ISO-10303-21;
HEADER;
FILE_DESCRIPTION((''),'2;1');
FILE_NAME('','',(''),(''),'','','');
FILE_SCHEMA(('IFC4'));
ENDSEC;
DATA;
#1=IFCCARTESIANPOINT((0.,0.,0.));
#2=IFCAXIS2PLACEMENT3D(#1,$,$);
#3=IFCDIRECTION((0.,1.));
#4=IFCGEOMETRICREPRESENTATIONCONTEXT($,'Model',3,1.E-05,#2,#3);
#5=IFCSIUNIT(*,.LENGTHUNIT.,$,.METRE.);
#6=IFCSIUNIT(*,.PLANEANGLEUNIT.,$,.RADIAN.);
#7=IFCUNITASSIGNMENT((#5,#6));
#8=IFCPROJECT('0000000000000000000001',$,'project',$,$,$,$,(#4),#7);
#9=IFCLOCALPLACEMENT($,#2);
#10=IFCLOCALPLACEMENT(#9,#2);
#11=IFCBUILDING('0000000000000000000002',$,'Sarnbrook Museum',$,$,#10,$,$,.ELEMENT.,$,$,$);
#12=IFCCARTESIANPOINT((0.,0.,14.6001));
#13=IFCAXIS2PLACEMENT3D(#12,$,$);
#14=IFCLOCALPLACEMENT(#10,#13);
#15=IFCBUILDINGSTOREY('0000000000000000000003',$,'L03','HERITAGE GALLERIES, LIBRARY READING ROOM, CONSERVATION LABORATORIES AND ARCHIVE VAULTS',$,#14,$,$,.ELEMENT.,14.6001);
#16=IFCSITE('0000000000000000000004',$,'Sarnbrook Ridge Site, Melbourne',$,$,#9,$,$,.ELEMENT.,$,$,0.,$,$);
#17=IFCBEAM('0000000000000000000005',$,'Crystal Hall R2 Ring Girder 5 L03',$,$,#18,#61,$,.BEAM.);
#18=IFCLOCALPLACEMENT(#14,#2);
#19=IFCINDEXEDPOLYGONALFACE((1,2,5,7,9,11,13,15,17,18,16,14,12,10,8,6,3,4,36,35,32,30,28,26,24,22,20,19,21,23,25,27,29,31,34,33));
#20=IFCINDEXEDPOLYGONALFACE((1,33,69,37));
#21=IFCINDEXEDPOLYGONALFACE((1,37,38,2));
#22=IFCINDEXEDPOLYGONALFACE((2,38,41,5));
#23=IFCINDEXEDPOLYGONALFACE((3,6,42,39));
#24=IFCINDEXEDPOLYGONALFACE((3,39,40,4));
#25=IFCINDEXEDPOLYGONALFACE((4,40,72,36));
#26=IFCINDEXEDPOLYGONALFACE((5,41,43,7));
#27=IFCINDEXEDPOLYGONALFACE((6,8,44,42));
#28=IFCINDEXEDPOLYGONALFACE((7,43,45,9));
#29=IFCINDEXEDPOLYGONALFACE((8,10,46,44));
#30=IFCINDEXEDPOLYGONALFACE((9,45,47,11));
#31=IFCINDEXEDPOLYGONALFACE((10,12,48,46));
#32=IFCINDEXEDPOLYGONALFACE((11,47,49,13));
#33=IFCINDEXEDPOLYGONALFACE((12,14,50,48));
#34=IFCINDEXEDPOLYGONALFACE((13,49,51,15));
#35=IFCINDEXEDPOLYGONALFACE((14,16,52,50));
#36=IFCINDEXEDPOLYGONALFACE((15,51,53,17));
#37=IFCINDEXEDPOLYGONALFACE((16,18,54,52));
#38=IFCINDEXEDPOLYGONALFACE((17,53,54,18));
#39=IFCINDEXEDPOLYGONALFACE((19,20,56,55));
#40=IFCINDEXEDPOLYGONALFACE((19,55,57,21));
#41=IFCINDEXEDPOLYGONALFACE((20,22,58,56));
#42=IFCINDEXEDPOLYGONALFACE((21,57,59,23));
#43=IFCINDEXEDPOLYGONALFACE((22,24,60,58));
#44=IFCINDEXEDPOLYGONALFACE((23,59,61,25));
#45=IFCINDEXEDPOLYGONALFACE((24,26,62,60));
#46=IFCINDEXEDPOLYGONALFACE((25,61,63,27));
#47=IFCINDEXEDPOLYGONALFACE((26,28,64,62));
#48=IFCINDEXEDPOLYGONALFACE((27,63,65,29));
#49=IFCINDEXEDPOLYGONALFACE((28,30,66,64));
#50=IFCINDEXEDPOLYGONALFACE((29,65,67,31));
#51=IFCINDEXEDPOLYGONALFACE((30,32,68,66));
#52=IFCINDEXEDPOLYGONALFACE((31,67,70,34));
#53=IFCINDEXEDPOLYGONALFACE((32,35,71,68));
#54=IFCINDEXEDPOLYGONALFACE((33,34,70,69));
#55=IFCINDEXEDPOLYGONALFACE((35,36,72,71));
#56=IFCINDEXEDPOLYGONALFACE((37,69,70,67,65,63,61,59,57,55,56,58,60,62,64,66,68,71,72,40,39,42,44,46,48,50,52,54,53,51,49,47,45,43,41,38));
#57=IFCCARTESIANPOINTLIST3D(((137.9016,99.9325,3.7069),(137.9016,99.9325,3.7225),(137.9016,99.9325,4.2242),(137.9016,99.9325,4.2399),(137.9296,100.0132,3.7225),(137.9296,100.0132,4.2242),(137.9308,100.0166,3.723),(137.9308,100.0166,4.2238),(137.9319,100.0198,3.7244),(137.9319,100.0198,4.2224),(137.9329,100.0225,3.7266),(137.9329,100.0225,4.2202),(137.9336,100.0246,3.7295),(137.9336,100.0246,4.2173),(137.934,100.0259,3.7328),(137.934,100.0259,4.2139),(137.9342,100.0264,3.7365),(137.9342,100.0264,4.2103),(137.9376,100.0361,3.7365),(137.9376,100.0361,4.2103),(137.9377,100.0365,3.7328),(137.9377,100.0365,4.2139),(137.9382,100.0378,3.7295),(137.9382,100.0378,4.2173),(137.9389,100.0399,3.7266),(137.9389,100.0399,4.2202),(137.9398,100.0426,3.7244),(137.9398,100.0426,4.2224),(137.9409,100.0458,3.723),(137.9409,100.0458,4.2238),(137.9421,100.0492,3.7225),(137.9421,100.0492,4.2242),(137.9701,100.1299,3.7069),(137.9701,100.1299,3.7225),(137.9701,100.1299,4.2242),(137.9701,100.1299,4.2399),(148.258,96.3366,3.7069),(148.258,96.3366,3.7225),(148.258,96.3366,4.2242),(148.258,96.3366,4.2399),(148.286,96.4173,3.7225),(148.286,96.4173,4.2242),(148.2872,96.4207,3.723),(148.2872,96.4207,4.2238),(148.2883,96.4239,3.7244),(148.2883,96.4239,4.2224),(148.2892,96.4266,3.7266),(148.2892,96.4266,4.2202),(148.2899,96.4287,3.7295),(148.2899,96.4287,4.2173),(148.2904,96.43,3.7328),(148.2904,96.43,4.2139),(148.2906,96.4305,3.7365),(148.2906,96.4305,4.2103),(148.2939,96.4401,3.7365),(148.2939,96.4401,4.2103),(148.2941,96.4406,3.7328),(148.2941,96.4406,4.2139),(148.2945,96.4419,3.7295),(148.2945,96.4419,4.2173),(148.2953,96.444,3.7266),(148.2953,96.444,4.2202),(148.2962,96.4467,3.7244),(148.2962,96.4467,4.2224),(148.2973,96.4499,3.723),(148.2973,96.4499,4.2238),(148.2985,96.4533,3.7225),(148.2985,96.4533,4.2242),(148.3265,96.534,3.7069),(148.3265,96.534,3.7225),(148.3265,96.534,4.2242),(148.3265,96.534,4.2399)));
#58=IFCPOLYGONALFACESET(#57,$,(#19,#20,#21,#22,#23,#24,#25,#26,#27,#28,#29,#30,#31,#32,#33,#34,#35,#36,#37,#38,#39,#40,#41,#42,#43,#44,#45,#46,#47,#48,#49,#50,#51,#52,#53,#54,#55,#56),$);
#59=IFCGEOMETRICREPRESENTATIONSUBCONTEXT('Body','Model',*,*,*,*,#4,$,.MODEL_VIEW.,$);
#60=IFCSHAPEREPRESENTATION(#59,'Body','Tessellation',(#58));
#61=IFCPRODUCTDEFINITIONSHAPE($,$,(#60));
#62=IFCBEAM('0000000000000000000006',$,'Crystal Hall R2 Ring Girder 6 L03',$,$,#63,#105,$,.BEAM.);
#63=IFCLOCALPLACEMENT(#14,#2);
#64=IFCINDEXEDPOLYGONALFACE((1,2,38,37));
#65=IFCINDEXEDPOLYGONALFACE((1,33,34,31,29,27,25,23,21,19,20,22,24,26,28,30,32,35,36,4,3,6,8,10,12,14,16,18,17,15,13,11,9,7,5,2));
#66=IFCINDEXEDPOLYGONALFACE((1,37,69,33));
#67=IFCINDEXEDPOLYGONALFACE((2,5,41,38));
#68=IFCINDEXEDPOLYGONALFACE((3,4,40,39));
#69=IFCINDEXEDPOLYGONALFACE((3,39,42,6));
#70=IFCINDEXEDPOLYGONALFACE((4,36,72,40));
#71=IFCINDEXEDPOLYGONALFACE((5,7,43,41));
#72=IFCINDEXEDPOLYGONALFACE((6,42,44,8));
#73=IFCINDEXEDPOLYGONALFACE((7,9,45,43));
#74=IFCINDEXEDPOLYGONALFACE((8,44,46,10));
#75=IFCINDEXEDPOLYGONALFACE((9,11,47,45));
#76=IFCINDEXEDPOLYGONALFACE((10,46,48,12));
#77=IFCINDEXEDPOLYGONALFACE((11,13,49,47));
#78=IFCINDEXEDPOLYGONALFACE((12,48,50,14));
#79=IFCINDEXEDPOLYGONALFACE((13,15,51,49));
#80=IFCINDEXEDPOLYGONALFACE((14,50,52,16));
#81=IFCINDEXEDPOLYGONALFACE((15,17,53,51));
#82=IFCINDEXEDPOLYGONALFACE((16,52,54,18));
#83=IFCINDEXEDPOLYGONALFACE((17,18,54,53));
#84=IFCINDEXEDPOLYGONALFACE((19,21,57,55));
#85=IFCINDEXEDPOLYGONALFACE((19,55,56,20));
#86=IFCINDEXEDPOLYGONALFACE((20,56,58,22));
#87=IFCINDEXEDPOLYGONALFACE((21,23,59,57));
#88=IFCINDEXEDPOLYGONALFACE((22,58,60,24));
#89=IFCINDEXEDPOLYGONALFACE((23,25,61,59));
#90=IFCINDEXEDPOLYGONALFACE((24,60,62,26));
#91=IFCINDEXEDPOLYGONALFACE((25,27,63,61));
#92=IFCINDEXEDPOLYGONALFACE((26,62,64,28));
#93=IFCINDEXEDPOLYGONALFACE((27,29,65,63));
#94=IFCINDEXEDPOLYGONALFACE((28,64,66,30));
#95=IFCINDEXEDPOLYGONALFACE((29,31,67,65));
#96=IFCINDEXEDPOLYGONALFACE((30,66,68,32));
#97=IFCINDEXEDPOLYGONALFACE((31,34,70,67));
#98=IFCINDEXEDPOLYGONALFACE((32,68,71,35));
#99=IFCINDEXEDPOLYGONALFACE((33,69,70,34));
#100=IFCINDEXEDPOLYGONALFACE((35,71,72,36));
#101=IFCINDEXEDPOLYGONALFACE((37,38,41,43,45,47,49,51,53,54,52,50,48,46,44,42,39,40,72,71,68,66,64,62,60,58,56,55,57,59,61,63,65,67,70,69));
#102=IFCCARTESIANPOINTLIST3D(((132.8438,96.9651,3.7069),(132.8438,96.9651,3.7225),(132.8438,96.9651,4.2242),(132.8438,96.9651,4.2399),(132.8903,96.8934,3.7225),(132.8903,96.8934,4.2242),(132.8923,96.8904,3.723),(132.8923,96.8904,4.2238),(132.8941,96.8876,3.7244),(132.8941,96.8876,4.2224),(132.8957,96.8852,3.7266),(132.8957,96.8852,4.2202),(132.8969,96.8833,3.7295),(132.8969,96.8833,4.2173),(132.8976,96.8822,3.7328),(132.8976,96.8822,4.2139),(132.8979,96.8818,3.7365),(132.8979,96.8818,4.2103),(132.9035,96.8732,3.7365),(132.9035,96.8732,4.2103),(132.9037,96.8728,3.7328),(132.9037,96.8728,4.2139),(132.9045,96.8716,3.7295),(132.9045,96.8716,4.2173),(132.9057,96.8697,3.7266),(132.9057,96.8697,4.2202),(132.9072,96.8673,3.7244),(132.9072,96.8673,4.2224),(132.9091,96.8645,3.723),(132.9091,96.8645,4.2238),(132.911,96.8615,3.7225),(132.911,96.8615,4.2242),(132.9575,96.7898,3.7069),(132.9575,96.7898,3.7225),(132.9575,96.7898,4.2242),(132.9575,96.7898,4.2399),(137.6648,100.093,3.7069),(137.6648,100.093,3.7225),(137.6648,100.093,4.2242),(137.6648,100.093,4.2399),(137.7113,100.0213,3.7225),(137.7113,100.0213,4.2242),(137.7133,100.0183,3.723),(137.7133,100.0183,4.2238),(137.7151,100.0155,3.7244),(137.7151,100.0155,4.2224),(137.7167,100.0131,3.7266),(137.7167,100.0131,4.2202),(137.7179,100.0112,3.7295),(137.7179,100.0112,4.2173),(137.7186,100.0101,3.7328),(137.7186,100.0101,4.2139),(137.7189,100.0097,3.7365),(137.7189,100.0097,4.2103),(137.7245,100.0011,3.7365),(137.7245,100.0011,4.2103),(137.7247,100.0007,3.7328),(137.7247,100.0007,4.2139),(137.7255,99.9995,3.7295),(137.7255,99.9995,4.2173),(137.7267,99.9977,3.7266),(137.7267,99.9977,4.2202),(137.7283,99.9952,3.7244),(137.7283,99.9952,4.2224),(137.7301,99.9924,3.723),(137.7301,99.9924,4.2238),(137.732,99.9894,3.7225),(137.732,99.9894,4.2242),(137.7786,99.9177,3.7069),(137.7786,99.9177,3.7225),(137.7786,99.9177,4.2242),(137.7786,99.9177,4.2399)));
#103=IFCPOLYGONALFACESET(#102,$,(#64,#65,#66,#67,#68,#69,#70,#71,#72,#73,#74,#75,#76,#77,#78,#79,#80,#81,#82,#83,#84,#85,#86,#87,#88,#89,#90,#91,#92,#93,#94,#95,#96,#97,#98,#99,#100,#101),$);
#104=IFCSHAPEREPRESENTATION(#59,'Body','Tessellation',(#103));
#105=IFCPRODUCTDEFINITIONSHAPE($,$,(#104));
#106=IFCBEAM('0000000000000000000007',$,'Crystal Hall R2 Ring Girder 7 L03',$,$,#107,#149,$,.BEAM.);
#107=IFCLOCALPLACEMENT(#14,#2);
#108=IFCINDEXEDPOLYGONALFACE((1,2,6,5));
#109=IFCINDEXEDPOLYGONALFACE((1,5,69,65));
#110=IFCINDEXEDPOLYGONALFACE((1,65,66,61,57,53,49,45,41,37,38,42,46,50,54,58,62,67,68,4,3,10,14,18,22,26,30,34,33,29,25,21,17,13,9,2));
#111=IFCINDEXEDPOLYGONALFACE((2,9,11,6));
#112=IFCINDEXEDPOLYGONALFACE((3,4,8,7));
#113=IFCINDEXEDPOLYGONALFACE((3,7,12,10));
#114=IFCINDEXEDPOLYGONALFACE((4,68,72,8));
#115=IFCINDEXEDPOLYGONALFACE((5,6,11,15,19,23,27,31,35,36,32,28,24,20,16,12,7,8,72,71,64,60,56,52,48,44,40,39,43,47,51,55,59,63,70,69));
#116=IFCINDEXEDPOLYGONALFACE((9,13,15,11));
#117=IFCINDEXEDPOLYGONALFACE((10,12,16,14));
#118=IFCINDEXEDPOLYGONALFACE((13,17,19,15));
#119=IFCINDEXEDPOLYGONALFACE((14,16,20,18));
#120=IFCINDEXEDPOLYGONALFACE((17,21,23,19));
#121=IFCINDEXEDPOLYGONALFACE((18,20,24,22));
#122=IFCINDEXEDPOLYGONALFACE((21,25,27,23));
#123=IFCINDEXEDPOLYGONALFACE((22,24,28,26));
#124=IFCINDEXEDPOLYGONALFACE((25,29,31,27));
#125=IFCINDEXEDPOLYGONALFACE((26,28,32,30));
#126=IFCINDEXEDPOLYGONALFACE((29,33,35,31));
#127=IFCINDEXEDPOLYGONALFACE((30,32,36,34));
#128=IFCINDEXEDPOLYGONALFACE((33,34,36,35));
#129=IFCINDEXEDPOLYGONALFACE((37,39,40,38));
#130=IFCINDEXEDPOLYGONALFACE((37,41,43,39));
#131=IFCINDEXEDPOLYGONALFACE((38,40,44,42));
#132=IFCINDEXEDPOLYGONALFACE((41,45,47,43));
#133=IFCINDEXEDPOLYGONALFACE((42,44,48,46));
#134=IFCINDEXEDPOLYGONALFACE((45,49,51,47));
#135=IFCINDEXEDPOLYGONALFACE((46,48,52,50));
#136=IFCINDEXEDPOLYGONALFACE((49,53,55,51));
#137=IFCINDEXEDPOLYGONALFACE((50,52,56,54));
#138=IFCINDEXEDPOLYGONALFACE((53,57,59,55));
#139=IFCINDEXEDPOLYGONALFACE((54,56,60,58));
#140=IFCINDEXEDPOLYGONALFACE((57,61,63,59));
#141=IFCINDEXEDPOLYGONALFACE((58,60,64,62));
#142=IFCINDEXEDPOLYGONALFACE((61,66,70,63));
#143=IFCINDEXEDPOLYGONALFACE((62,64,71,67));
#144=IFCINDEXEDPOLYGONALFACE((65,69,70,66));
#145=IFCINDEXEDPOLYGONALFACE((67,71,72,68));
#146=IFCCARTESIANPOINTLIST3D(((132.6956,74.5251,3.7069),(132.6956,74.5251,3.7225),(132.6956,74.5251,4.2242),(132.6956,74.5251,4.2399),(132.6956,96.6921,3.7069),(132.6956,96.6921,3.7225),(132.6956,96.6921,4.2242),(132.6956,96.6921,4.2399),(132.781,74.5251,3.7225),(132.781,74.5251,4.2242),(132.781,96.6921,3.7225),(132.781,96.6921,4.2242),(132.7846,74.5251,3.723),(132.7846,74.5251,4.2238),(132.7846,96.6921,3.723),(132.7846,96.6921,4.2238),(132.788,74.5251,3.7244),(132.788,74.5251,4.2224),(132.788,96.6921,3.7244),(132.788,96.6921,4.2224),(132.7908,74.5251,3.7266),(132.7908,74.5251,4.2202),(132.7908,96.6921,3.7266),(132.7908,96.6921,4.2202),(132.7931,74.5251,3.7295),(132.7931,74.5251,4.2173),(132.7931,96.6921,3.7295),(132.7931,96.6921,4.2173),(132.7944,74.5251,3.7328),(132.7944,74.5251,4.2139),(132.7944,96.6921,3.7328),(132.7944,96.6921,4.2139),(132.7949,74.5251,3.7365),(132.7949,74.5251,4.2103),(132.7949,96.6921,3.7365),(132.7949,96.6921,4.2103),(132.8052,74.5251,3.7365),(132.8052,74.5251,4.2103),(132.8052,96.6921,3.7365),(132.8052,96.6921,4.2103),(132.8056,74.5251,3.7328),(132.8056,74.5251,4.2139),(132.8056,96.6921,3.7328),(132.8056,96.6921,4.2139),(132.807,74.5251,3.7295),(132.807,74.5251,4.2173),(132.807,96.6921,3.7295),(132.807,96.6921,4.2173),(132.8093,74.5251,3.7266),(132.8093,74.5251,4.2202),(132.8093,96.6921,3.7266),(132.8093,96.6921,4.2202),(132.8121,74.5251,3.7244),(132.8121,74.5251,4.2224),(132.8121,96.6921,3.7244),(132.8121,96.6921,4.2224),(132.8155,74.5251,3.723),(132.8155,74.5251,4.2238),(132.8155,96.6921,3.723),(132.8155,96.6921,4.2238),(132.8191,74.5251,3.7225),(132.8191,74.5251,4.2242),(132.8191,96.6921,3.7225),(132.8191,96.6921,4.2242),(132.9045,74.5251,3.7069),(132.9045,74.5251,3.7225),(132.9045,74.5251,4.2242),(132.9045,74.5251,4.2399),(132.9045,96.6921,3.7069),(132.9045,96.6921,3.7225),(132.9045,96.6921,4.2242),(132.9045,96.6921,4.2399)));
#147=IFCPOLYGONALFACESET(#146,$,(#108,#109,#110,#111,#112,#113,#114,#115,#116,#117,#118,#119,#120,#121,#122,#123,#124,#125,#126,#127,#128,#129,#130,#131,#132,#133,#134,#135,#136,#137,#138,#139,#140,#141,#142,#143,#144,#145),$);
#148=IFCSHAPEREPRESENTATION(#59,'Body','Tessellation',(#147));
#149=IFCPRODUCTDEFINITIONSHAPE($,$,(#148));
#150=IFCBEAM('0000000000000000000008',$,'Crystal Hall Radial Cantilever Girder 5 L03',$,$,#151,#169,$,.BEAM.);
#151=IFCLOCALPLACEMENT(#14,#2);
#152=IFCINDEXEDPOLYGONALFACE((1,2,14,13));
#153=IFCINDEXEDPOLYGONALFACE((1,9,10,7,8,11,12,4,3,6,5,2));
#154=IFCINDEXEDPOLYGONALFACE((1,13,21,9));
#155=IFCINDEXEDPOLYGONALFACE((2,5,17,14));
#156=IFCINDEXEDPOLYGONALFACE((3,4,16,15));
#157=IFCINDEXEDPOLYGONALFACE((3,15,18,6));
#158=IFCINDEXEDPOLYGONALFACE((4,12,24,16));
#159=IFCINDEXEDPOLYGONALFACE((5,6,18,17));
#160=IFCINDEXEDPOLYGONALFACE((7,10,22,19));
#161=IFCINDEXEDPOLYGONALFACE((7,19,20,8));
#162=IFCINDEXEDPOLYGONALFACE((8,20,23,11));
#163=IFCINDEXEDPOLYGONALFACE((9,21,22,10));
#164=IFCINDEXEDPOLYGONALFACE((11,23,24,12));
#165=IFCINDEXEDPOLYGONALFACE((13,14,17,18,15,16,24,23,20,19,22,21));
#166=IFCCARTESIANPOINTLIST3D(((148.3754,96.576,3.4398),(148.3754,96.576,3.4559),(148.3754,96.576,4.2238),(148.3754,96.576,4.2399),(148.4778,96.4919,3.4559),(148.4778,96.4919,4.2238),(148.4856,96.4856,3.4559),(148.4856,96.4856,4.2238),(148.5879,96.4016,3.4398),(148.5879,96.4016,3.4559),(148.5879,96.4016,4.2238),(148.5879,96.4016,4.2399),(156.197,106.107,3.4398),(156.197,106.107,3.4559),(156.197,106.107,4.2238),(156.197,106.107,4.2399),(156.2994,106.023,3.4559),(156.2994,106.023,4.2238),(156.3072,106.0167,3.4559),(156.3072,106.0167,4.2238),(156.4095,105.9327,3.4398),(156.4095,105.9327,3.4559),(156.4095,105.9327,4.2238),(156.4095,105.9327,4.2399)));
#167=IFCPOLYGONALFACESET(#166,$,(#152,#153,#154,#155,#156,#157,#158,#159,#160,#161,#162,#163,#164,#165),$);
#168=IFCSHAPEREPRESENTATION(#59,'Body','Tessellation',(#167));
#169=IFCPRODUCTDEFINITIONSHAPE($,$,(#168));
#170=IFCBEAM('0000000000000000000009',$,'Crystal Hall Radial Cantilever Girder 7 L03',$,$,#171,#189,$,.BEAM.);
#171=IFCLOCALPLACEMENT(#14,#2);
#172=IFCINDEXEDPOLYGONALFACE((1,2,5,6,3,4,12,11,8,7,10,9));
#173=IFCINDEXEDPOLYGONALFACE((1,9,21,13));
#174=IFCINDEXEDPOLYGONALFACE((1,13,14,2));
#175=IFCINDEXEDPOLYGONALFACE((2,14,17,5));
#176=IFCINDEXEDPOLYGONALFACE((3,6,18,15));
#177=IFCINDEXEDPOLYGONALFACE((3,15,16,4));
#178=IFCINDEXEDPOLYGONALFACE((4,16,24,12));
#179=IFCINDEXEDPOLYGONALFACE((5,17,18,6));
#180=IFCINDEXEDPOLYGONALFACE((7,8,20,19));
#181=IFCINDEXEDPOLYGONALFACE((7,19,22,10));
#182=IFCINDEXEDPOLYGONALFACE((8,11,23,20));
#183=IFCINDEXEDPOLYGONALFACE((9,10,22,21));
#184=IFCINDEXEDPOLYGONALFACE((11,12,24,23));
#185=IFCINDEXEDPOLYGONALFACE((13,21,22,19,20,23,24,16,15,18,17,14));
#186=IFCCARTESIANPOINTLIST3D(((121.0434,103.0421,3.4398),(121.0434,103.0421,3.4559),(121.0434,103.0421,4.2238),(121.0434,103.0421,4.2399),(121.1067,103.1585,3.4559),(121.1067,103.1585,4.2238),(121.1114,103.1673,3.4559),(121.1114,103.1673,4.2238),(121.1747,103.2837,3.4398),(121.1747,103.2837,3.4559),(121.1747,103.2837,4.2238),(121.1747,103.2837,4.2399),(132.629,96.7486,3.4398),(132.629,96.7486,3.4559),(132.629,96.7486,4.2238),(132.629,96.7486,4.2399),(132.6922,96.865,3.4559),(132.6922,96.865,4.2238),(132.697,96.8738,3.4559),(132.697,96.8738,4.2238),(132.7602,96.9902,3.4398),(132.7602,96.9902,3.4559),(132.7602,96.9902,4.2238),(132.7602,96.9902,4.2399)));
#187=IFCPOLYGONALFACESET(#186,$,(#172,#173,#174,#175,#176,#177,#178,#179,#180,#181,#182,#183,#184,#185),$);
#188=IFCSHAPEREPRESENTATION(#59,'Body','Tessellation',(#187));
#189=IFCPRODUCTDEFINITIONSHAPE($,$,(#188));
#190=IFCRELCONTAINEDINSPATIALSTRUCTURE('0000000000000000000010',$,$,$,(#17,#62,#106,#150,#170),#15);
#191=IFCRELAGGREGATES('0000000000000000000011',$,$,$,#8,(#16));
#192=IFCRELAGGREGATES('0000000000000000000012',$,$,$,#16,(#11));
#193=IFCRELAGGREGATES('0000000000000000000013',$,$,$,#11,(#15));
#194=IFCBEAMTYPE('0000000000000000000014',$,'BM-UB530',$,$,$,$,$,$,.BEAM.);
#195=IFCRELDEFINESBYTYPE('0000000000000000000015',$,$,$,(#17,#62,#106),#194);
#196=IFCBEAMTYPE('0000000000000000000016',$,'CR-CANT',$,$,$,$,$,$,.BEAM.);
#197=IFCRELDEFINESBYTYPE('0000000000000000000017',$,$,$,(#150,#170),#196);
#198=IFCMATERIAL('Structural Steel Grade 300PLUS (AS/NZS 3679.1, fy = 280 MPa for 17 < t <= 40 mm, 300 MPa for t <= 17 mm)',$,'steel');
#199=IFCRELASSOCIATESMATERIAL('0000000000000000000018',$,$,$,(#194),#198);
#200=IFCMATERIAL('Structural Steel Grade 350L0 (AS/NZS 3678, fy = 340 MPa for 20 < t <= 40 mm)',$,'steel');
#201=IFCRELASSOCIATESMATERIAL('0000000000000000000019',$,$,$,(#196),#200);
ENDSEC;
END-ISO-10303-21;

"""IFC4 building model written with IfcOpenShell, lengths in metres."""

from ifc_helpers import new_model, si_unit, direction, frame, origin, origin_2d, place, context, subcontext, project, spatial, i_section, extrude, material, material_profile, profile_set, type_object, element, save


model = new_model("IFC4")

# Units and contexts
model_context = context("Model", 3, precision=1e-05, world=origin(), true_north=direction((0.0, 1.0)))
body_context = subcontext(model_context, "Body", "Model", "MODEL_VIEW")
ifc_project = project(units=[si_unit("LENGTHUNIT", "METRE"), si_unit("PLANEANGLEUNIT", "RADIAN")], contexts=[model_context])

# Site, building, storey
site_placement = place(None, origin())
site = spatial("IfcSite", under=ifc_project, at=site_placement, Name="Sarnbrook Ridge Site, Melbourne", CompositionType="ELEMENT", RefElevation=0.0)
building_placement = place(site_placement, origin())
building = spatial("IfcBuilding", under=site, at=building_placement, Name="Sarnbrook Museum", CompositionType="ELEMENT")
storey_placement = place(building_placement, frame((0.0, 0.0, 14.6001)))
storey = spatial("IfcBuildingStorey", under=building, at=storey_placement, Name="L03", Description="HERITAGE GALLERIES, LIBRARY READING ROOM, CONSERVATION LABORATORIES AND ARCHIVE VAULTS", CompositionType="ELEMENT", Elevation=14.6001)

# Beams
ifc_material_1 = material(Name="Structural Steel Grade 300PLUS (AS/NZS 3679.1, fy = 280 MPa for 17 < t <= 40 mm, 300 MPa for t <= 17 mm)", Category="steel")
ifc_material_profile_1 = material_profile(ifc_material_1, i_section(OverallWidth=0.209, OverallDepth=0.533, WebThickness=0.0103, FlangeThickness=0.0156, FilletRadius=0.0139, at=origin_2d()), Name="530UB92.4")
ifc_profile_set_1 = profile_set([ifc_material_profile_1], Name="Structural Steel Grade 300PLUS (AS/NZS 3679.1, fy = 280 MPa for 17 < t <= 40 mm, 300 MPa for t <= 17 mm)")
beam_type_1 = type_object("IfcBeamType", Name="BM-UB530", PredefinedType="BEAM", material=ifc_profile_set_1)
beam_1_placement = place(storey_placement, frame((148.2922, 96.4353, 3.9734), z_axis=(-0.944675, 0.328008, 0.0), x_axis=(-0.328008, -0.944675, 0.0)))
element("IfcBeam", 1, at=beam_1_placement, inside=storey, type_object=beam_type_1, Name="Crystal Hall R2 Ring Girder 5 L03", PredefinedType="BEAM", context=body_context, shape_type="SweptSolid", body=[
    extrude(i_section(OverallWidth=0.209, OverallDepth=0.533, WebThickness=0.0103, FlangeThickness=0.0156, FilletRadius=0.0139, at=origin_2d()), origin(), (0.0, 0.0, 1.0), 10.9629),
])
beam_2_placement = place(storey_placement, frame((137.7217, 100.0054, 3.9734), z_axis=(-0.8389, -0.544285, 0.0), x_axis=(0.544285, -0.8389, 0.0)))
element("IfcBeam", 2, at=beam_2_placement, inside=storey, type_object=beam_type_1, Name="Crystal Hall R2 Ring Girder 6 L03", PredefinedType="BEAM", context=body_context, shape_type="SweptSolid", body=[
    extrude(i_section(OverallWidth=0.209, OverallDepth=0.533, WebThickness=0.0103, FlangeThickness=0.0156, FilletRadius=0.0139, at=origin_2d()), origin(), (0.0, 0.0, 1.0), 5.7468),
])
beam_3_placement = place(storey_placement, frame((132.8, 96.6921, 3.9734), z_axis=(0.0, -1.0, 0.0), x_axis=(1.0, 0.0, 0.0)))
element("IfcBeam", 3, at=beam_3_placement, inside=storey, type_object=beam_type_1, Name="Crystal Hall R2 Ring Girder 7 L03", PredefinedType="BEAM", context=body_context, shape_type="SweptSolid", body=[
    extrude(i_section(OverallWidth=0.209, OverallDepth=0.533, WebThickness=0.0103, FlangeThickness=0.0156, FilletRadius=0.0139, at=origin_2d()), origin(), (0.0, 0.0, 1.0), 22.167),
])
ifc_material_2 = material(Name="Structural Steel Grade 350L0 (AS/NZS 3678, fy = 340 MPa for 20 < t <= 40 mm)", Category="steel")
ifc_material_profile_2 = material_profile(ifc_material_2, i_section(OverallWidth=0.2749, OverallDepth=0.8, WebThickness=0.01, FlangeThickness=0.0161, at=origin_2d()), Name="800WB146")
ifc_profile_set_2 = profile_set([ifc_material_profile_2], Name="Structural Steel Grade 350L0 (AS/NZS 3678, fy = 340 MPa for 20 < t <= 40 mm)")
beam_type_2 = type_object("IfcBeamType", Name="CR-CANT", PredefinedType="BEAM", material=ifc_profile_set_2)
beam_4_placement = place(storey_placement, frame((148.4817, 96.4888, 3.8398), z_axis=(0.634376, 0.773025, 0.0), x_axis=(-0.773025, 0.634376, 0.0)))
element("IfcBeam", 4, at=beam_4_placement, inside=storey, type_object=beam_type_2, Name="Crystal Hall Radial Cantilever Girder 5 L03", PredefinedType="BEAM", context=body_context, shape_type="SweptSolid", body=[
    extrude(i_section(OverallWidth=0.2749, OverallDepth=0.8, WebThickness=0.01, FlangeThickness=0.0161, at=origin_2d()), origin(), (0.0, 0.0, 1.0), 12.3296),
])
beam_5_placement = place(storey_placement, frame((132.6946, 96.8694, 3.8398), z_axis=(-0.878719, 0.477339, 0.0), x_axis=(-0.477339, -0.878719, 0.0)))
element("IfcBeam", 5, at=beam_5_placement, inside=storey, type_object=beam_type_2, Name="Crystal Hall Radial Cantilever Girder 7 L03", PredefinedType="BEAM", context=body_context, shape_type="SweptSolid", body=[
    extrude(i_section(OverallWidth=0.2749, OverallDepth=0.8, WebThickness=0.01, FlangeThickness=0.0161, at=origin_2d()), origin(), (0.0, 0.0, 1.0), 13.1846),
])

save(model, "model.ifc")
